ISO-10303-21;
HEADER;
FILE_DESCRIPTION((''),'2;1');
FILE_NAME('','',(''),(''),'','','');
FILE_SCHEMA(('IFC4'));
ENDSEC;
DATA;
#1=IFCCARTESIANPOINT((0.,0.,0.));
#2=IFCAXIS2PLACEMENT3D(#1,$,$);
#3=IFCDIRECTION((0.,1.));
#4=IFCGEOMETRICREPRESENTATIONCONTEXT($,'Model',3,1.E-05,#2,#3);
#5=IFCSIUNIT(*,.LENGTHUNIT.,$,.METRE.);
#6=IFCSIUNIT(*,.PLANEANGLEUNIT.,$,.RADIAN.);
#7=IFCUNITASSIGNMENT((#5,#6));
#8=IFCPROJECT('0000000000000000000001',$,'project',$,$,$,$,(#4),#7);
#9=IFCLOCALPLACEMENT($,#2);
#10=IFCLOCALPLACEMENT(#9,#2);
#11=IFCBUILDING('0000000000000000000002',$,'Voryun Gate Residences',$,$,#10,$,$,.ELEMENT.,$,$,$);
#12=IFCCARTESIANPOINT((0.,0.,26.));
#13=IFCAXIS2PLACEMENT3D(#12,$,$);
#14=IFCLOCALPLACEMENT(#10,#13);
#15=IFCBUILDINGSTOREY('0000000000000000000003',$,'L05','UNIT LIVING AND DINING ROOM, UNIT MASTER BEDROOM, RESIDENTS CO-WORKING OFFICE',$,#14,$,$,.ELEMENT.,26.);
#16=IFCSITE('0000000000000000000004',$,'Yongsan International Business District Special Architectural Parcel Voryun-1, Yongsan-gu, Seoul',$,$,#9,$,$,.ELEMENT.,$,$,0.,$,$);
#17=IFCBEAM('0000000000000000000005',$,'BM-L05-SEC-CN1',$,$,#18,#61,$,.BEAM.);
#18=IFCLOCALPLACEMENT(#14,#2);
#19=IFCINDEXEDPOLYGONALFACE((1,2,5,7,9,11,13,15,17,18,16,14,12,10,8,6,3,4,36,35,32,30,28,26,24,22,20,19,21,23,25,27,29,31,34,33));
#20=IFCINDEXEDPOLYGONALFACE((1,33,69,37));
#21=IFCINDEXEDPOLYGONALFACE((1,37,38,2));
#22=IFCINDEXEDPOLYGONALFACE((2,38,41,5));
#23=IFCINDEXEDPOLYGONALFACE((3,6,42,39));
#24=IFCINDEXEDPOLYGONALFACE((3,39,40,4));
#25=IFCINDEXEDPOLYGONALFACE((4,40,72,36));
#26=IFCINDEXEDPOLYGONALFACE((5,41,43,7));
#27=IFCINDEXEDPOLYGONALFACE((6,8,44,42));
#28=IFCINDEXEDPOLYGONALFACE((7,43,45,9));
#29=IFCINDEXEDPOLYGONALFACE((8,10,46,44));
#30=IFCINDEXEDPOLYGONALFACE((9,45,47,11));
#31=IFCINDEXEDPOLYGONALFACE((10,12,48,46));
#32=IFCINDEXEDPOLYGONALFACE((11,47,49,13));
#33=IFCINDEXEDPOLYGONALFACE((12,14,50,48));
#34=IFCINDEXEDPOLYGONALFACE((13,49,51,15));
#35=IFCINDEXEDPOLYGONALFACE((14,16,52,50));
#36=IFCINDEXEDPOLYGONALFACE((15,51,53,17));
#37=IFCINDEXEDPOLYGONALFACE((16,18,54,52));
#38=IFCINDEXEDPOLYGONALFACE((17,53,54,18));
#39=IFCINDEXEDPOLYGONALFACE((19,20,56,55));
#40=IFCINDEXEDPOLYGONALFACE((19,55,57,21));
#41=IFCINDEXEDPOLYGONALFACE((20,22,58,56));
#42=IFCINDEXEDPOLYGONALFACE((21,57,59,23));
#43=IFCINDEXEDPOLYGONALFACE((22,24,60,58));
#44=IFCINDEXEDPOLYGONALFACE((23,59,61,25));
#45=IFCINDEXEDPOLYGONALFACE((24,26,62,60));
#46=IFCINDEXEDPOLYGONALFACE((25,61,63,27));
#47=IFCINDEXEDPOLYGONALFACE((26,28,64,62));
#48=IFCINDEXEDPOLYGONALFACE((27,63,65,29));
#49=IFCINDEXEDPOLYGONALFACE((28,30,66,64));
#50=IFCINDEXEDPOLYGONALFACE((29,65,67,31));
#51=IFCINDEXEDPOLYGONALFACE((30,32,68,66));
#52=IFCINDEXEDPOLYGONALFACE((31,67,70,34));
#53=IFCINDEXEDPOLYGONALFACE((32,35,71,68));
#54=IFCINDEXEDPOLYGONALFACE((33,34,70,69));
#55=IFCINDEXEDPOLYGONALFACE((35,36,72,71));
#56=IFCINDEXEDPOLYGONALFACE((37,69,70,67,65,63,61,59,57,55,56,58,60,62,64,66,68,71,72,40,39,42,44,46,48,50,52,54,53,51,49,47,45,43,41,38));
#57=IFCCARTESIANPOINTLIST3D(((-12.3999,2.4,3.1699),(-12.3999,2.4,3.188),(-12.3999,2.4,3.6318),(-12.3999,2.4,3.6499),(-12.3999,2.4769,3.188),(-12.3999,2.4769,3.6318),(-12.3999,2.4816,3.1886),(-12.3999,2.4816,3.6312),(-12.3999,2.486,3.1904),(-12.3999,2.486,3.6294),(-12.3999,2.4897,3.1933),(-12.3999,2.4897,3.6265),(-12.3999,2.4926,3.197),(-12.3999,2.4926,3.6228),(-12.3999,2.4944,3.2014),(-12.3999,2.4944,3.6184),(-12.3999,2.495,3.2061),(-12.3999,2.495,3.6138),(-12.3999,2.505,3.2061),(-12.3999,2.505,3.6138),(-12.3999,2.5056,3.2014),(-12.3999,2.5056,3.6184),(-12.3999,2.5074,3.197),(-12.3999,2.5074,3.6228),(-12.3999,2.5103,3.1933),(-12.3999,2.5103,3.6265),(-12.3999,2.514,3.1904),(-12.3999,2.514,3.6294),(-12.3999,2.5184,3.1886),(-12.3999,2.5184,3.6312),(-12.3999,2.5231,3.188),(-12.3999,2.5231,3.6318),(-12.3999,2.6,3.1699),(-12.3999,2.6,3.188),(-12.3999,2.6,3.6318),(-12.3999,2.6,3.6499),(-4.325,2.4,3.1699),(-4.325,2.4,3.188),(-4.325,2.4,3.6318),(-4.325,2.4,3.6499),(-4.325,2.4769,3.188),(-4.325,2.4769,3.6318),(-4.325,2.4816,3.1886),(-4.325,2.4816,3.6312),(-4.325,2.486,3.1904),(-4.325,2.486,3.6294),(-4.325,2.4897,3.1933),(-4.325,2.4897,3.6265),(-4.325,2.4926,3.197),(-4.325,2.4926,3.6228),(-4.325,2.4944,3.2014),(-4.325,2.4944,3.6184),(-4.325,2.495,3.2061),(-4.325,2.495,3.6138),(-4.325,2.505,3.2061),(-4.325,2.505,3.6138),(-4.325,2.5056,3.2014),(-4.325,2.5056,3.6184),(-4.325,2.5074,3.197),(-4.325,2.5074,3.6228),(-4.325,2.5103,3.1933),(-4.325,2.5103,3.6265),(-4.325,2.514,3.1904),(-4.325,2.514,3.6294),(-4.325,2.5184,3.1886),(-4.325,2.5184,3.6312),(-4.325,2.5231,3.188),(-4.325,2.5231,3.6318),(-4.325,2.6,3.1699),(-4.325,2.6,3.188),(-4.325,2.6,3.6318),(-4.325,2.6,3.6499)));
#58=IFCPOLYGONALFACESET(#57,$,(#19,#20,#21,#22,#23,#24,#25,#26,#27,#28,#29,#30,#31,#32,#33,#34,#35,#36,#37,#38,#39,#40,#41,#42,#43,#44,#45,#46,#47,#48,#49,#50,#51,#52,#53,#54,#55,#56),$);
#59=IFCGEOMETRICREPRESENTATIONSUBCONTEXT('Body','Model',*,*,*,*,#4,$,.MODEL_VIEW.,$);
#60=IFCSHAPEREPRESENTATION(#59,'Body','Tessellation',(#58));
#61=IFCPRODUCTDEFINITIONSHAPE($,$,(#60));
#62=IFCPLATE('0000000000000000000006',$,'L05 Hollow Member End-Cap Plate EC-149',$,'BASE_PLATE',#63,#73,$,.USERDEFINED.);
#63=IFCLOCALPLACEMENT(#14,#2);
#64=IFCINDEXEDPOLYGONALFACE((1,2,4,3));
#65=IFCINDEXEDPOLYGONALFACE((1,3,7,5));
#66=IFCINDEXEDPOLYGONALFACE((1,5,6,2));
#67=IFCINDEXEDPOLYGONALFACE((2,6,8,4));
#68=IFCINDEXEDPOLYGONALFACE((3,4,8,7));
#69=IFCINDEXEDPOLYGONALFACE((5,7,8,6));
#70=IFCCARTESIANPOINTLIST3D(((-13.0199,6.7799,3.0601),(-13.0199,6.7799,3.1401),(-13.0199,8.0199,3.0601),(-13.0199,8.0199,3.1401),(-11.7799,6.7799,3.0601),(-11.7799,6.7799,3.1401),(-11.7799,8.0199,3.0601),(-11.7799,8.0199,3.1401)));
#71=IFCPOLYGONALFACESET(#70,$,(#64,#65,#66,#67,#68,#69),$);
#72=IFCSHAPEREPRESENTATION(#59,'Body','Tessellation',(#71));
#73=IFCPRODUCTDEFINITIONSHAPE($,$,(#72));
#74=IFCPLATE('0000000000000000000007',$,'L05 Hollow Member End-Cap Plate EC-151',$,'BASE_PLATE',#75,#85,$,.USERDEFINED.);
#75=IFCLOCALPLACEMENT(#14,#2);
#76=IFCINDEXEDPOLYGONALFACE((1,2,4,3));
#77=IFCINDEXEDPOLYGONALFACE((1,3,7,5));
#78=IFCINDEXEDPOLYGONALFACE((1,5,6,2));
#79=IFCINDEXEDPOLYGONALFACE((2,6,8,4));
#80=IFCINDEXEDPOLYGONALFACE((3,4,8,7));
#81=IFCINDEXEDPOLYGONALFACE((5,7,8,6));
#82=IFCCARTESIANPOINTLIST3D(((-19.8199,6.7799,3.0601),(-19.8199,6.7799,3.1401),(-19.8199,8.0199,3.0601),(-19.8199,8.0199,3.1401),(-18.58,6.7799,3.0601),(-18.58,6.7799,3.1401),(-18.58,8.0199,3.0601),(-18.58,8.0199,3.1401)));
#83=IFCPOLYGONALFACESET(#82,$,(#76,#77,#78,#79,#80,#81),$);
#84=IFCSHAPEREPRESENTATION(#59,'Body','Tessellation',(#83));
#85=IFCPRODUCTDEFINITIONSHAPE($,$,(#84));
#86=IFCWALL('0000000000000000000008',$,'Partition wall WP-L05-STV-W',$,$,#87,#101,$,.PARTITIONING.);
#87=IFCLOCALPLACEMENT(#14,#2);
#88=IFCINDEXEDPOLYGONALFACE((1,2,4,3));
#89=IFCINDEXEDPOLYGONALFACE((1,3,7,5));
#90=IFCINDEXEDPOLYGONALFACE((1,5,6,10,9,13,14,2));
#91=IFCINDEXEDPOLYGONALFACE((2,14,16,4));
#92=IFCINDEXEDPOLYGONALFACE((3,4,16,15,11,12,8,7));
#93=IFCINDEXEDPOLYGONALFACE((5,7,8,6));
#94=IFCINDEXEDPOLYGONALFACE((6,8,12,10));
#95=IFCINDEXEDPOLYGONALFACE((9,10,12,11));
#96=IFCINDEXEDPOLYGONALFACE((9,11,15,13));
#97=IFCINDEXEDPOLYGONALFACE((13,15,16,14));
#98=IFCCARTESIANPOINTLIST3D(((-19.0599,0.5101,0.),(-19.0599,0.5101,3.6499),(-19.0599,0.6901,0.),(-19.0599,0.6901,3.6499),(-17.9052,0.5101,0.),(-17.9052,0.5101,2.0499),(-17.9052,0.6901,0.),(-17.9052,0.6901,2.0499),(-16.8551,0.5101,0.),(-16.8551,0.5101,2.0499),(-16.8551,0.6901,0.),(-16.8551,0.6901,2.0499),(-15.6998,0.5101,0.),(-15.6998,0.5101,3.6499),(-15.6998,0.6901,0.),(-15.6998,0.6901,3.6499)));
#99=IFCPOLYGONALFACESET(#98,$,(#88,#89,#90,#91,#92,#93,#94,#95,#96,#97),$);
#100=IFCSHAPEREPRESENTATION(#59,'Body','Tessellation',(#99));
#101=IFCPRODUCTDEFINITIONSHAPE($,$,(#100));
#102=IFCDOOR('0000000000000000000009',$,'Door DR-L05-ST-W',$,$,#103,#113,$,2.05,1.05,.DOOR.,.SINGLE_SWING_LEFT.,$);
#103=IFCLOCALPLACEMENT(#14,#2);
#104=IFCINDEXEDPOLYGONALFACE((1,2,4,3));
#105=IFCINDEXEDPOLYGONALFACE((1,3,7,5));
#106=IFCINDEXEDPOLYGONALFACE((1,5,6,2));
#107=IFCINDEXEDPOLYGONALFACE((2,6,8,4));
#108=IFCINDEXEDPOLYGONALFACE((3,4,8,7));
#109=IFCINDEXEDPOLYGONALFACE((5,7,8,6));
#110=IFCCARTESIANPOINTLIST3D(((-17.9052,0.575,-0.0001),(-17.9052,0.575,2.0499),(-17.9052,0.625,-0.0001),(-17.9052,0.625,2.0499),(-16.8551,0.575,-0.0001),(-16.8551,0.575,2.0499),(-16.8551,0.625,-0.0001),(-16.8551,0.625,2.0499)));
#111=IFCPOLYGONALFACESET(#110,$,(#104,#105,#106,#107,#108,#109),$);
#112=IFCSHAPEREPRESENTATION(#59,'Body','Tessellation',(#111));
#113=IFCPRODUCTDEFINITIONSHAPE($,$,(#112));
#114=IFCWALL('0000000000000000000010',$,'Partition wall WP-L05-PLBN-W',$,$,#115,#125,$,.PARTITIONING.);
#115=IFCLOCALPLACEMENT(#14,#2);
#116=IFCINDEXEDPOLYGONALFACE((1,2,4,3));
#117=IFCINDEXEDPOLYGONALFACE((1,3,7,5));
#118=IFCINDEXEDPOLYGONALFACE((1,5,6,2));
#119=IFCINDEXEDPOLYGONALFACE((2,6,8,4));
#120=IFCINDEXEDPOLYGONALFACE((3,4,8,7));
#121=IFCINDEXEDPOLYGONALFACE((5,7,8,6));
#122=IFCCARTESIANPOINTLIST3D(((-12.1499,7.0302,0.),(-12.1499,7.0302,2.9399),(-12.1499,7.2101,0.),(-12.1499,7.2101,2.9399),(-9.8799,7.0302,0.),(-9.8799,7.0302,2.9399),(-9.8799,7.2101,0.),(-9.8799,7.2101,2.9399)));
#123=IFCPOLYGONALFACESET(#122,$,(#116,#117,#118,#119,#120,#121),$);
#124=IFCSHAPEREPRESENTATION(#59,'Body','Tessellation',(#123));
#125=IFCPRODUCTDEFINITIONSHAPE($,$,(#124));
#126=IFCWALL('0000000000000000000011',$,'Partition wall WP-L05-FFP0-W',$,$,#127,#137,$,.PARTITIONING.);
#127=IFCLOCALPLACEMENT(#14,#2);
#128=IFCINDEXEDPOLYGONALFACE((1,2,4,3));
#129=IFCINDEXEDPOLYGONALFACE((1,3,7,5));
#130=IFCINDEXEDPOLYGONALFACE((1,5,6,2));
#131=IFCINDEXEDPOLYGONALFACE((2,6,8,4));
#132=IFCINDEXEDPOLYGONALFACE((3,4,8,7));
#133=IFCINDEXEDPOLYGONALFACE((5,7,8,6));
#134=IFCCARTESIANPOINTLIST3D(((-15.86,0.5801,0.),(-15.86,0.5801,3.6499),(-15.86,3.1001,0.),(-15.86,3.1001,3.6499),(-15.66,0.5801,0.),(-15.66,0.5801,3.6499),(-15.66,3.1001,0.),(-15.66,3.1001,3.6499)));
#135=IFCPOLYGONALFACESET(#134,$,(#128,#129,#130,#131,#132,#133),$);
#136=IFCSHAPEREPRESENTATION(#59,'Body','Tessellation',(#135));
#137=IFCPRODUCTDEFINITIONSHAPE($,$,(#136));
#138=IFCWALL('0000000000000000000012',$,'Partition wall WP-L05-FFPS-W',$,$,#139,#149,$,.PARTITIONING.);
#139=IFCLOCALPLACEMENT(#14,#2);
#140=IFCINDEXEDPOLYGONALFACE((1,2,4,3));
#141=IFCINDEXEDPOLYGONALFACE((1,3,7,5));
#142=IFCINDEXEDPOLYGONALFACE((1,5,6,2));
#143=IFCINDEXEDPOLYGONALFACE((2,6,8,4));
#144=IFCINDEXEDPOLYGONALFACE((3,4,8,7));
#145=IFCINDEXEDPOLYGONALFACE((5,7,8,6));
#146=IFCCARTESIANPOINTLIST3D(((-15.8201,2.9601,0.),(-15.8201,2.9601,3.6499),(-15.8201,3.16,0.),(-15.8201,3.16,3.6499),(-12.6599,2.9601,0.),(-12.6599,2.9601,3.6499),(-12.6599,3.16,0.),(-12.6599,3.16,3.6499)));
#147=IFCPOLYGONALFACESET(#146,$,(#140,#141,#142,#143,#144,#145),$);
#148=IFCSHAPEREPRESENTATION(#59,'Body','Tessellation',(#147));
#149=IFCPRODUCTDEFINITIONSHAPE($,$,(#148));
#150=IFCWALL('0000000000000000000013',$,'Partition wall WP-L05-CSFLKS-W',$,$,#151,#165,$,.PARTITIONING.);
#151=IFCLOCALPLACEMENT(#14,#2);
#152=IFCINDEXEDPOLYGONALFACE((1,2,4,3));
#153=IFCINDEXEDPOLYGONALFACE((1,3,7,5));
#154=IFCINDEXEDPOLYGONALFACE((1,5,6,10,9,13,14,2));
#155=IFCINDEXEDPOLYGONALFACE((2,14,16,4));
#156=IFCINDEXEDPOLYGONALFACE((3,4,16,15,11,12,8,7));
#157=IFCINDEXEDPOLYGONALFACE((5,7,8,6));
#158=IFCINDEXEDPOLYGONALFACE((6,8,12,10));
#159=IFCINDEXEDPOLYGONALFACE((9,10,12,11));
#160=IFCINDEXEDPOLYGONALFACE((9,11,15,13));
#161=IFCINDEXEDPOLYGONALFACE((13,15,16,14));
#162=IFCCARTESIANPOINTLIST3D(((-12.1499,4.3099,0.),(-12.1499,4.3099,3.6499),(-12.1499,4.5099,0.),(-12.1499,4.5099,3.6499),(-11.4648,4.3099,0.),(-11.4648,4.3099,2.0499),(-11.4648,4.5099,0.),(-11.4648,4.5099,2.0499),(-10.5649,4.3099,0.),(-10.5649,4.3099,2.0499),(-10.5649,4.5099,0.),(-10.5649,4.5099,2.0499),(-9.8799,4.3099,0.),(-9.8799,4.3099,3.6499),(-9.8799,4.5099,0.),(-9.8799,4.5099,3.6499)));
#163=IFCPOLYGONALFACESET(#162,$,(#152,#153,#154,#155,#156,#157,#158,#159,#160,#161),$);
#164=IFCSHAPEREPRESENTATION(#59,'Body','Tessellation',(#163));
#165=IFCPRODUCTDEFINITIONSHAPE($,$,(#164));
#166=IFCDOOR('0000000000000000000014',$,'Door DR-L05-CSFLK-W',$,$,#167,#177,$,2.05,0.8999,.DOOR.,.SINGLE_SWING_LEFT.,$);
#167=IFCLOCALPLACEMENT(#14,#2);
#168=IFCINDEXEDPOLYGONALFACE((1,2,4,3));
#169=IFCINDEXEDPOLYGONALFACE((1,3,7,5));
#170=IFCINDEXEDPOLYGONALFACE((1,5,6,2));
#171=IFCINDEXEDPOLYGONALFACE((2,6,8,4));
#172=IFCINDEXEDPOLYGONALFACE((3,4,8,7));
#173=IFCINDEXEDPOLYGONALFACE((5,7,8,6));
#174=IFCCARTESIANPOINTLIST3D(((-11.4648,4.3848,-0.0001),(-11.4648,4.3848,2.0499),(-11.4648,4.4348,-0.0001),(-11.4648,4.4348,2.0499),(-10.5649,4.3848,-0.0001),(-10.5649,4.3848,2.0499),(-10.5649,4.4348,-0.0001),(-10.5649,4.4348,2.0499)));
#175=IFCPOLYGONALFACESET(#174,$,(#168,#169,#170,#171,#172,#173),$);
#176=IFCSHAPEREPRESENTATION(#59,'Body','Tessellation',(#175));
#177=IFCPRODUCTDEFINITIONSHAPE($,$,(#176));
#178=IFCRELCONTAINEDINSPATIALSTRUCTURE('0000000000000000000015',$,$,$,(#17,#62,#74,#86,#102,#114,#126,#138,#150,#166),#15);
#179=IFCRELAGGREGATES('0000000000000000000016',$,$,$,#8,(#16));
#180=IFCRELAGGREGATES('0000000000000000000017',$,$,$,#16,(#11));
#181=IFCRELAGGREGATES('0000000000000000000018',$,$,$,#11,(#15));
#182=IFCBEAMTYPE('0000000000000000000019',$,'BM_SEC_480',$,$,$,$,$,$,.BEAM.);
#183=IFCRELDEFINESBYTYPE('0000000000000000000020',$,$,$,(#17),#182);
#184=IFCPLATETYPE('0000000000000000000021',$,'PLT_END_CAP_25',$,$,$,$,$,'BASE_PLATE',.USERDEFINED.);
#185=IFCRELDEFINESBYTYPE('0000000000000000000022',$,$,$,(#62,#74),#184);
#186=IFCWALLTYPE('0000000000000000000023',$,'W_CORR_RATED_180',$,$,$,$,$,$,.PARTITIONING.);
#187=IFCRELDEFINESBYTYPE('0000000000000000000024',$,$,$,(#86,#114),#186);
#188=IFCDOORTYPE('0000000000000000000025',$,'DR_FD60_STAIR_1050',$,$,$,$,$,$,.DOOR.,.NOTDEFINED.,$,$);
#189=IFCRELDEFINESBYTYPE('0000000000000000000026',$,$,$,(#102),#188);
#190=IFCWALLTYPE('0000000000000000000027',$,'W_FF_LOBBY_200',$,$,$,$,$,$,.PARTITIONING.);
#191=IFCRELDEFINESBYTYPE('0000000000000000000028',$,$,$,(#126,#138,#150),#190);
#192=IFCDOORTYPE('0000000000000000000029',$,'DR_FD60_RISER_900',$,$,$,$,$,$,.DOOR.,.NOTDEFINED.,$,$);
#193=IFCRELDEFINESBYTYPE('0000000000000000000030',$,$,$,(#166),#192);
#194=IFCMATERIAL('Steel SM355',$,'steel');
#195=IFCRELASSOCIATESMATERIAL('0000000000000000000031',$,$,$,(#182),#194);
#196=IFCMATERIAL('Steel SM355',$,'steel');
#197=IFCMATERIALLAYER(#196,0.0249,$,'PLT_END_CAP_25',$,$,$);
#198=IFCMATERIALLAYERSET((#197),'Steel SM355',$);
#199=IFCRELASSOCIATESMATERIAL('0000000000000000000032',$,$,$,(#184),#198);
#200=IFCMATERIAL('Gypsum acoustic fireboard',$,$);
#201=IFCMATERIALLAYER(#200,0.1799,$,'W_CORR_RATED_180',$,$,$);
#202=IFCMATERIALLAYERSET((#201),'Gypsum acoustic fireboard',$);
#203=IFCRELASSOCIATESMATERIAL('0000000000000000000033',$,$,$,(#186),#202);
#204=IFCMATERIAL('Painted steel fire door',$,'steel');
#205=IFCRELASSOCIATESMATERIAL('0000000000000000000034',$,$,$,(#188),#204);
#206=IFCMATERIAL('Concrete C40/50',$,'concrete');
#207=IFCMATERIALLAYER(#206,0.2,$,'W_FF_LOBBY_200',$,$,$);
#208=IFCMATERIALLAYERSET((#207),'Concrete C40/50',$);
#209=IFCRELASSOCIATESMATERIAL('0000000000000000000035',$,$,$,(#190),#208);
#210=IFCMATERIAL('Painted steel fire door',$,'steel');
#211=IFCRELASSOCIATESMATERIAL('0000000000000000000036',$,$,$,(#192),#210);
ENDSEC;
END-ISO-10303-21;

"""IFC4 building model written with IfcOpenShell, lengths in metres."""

from ifc_helpers import new_model, si_unit, direction, frame, frame_2d, origin, origin_2d, place, context, subcontext, project, spatial, rectangle, i_section, extrude, material, layer, layer_set, material_profile, profile_set, type_object, element, fill, save


model = new_model("IFC4")

# Units and contexts
model_context = context("Model", 3, precision=1e-05, world=origin(), true_north=direction((0.0, 1.0)))
body_context = subcontext(model_context, "Body", "Model", "MODEL_VIEW")
ifc_project = project(units=[si_unit("LENGTHUNIT", "METRE"), si_unit("PLANEANGLEUNIT", "RADIAN")], contexts=[model_context])

# Site, building, storey
site_placement = place(None, origin())
site = spatial("IfcSite", under=ifc_project, at=site_placement, Name="Yongsan International Business District Special Architectural Parcel Voryun-1, Yongsan-gu, Seoul", CompositionType="ELEMENT", RefElevation=0.0)
building_placement = place(site_placement, origin())
building = spatial("IfcBuilding", under=site, at=building_placement, Name="Voryun Gate Residences", CompositionType="ELEMENT")
storey_placement = place(building_placement, frame((0.0, 0.0, 26.0)))
storey = spatial("IfcBuildingStorey", under=building, at=storey_placement, Name="L05", Description="UNIT LIVING AND DINING ROOM, UNIT MASTER BEDROOM, RESIDENTS CO-WORKING OFFICE", CompositionType="ELEMENT", Elevation=26.0)

# Beam
ifc_material_1 = material(Name="Steel SM355", Category="steel")
ifc_material_profile_1 = material_profile(ifc_material_1, i_section(OverallWidth=0.2, OverallDepth=0.48, WebThickness=0.01, FlangeThickness=0.0181, FilletRadius=0.0181, at=origin_2d()), Name="H-480x200x10x18")
ifc_profile_set_1 = profile_set([ifc_material_profile_1], Name="Steel SM355")
beam_type_1 = type_object("IfcBeamType", Name="BM_SEC_480", PredefinedType="BEAM", material=ifc_profile_set_1)
for number, where, z_axis, x_axis, name in (
    (1, (-12.3999, 2.5, 3.4099), (1.0, 0.0, 0.0), (0.0, 1.0, 0.0), "BM-L05-SEC-CN1"),
):
    element("IfcBeam", number, at=place(storey_placement, frame(where, z_axis=z_axis, x_axis=x_axis)), inside=storey, type_object=beam_type_1, Name=name, PredefinedType="BEAM", context=body_context, shape_type="SweptSolid", body=[
        extrude(i_section(OverallWidth=0.2, OverallDepth=0.48, WebThickness=0.01, FlangeThickness=0.0181, FilletRadius=0.0181, at=origin_2d()), origin(), (0.0, 0.0, 1.0), 8.075),
    ])

# Plates
ifc_material_2 = material(Name="Steel SM355", Category="steel")
ifc_layer_1 = layer(ifc_material_2, 0.0249, Name="PLT_END_CAP_25")
ifc_layer_set_1 = layer_set([ifc_layer_1], Name="Steel SM355")
plate_type = type_object("IfcPlateType", Name="PLT_END_CAP_25", ElementType="BASE_PLATE", PredefinedType="USERDEFINED", material=ifc_layer_set_1)
for number, where, z_axis, x_axis, name in (
    (2, (-12.3999, 7.3999, 3.0601), (0.0, 0.0, 1.0), (1.0, 0.0, 0.0), "L05 Hollow Member End-Cap Plate EC-149"),
    (3, (-19.2, 7.3999, 3.0601), (0.0, 0.0, 1.0), (1.0, 0.0, 0.0), "L05 Hollow Member End-Cap Plate EC-151"),
):
    element("IfcPlate", number, at=place(storey_placement, frame(where, z_axis=z_axis, x_axis=x_axis)), inside=storey, type_object=plate_type, Name=name, ObjectType="BASE_PLATE", PredefinedType="USERDEFINED", context=body_context, shape_type="SweptSolid", body=[
        extrude(rectangle(XDim=1.24, YDim=1.24, at=origin_2d()), origin(), (0.0, 0.0, 1.0), 0.0801),
    ])

# Wall, opening, door
ifc_material_3 = material(Name="Gypsum acoustic fireboard")
ifc_layer_2 = layer(ifc_material_3, 0.1799, Name="W_CORR_RATED_180")
ifc_layer_set_2 = layer_set([ifc_layer_2], Name="Gypsum acoustic fireboard")
wall_type_1 = type_object("IfcWallType", Name="W_CORR_RATED_180", PredefinedType="PARTITIONING", material=ifc_layer_set_2)
wall_1_placement = place(storey_placement, frame((-19.0601, 0.6001, 0.0), z_axis=(0.0, 0.0, 1.0), x_axis=(1.0, 0.0, 0.0)))
wall_1 = element("IfcWall", 4, at=wall_1_placement, inside=storey, type_object=wall_type_1, Name="Partition wall WP-L05-STV-W", PredefinedType="PARTITIONING", context=body_context, shape_type="SweptSolid", body=[
    extrude(rectangle(XDim=3.3601, YDim=0.1799, at=frame_2d((1.6802, 0.0))), origin(), (0.0, 0.0, 1.0), 3.6499),
])
opening_1_placement = place(wall_1_placement, frame((1.155, 0.0, 0.0)))
opening_1 = element("IfcOpeningElement", 5, at=opening_1_placement, cuts=wall_1, PredefinedType="OPENING", context=body_context, shape_type="SweptSolid", body=[
    extrude(rectangle(XDim=1.05, YDim=2.05, at=frame_2d((0.5249, 1.0249))), frame((0.0, 0.0999, 0.0), z_axis=(0.0, -1.0, 0.0), x_axis=(1.0, 0.0, 0.0)), (0.0, 0.0, 1.0), 0.2),
])
ifc_material_4 = material(Name="Painted steel fire door", Category="steel")
door_type_1 = type_object("IfcDoorType", Name="DR_FD60_STAIR_1050", OperationType="NOTDEFINED", PredefinedType="DOOR", material=ifc_material_4)
door_1_placement = place(opening_1_placement, origin())
door_1 = element("IfcDoor", 6, at=door_1_placement, inside=storey, type_object=door_type_1, Name="Door DR-L05-ST-W", OperationType="SINGLE_SWING_LEFT", OverallHeight=2.05, OverallWidth=1.05, PredefinedType="DOOR", context=body_context, shape_type="SweptSolid", body=[
    extrude(rectangle(XDim=1.05, YDim=2.05, at=frame_2d((0.5249, 1.0249))), frame((0.0, 0.0249, 0.0), z_axis=(0.0, -1.0, 0.0), x_axis=(1.0, 0.0, 0.0)), (0.0, 0.0, 1.0), 0.05),
])
fill(opening_1, door_1)

# Walls
wall_2_placement = place(storey_placement, frame((-12.1499, 7.1201, 0.0), z_axis=(0.0, 0.0, 1.0), x_axis=(1.0, 0.0, 0.0)))
element("IfcWall", 7, at=wall_2_placement, inside=storey, type_object=wall_type_1, Name="Partition wall WP-L05-PLBN-W", PredefinedType="PARTITIONING", context=body_context, shape_type="SweptSolid", body=[
    extrude(rectangle(XDim=2.27, YDim=0.1799, at=frame_2d((1.135, 0.0))), origin(), (0.0, 0.0, 1.0), 2.9399),
])
ifc_material_5 = material(Name="Concrete C40/50", Category="concrete")
ifc_layer_3 = layer(ifc_material_5, 0.2, Name="W_FF_LOBBY_200")
ifc_layer_set_3 = layer_set([ifc_layer_3], Name="Concrete C40/50")
wall_type_2 = type_object("IfcWallType", Name="W_FF_LOBBY_200", PredefinedType="PARTITIONING", material=ifc_layer_set_3)
wall_3_placement = place(storey_placement, frame((-15.76, 0.5801, 0.0), z_axis=(0.0, 0.0, 1.0), x_axis=(0.0, 1.0, 0.0)))
element("IfcWall", 8, at=wall_3_placement, inside=storey, type_object=wall_type_2, Name="Partition wall WP-L05-FFP0-W", PredefinedType="PARTITIONING", context=body_context, shape_type="SweptSolid", body=[
    extrude(rectangle(XDim=2.52, YDim=0.2, at=frame_2d((1.26, 0.0))), origin(), (0.0, 0.0, 1.0), 3.6499),
])
wall_4_placement = place(storey_placement, frame((-15.8201, 3.0601, 0.0), z_axis=(0.0, 0.0, 1.0), x_axis=(1.0, 0.0, 0.0)))
element("IfcWall", 9, at=wall_4_placement, inside=storey, type_object=wall_type_2, Name="Partition wall WP-L05-FFPS-W", PredefinedType="PARTITIONING", context=body_context, shape_type="SweptSolid", body=[
    extrude(rectangle(XDim=3.1602, YDim=0.2, at=frame_2d((1.5801, 0.0))), origin(), (0.0, 0.0, 1.0), 3.6499),
])

# Wall, opening, door
wall_5_placement = place(storey_placement, frame((-12.1499, 4.4099, 0.0), z_axis=(0.0, 0.0, 1.0), x_axis=(1.0, 0.0, 0.0)))
wall_5 = element("IfcWall", 10, at=wall_5_placement, inside=storey, type_object=wall_type_2, Name="Partition wall WP-L05-CSFLKS-W", PredefinedType="PARTITIONING", context=body_context, shape_type="SweptSolid", body=[
    extrude(rectangle(XDim=2.27, YDim=0.2, at=frame_2d((1.135, 0.0))), origin(), (0.0, 0.0, 1.0), 3.6499),
])
opening_2_placement = place(wall_5_placement, frame((0.6851, 0.0, 0.0)))
opening_2 = element("IfcOpeningElement", 11, at=opening_2_placement, cuts=wall_5, PredefinedType="OPENING", context=body_context, shape_type="SweptSolid", body=[
    extrude(rectangle(XDim=0.8999, YDim=2.05, at=frame_2d((0.45, 1.0249))), frame((0.0, 0.1101, 0.0), z_axis=(0.0, -1.0, 0.0), x_axis=(1.0, 0.0, 0.0)), (0.0, 0.0, 1.0), 0.22),
])
ifc_material_6 = material(Name="Painted steel fire door", Category="steel")
door_type_2 = type_object("IfcDoorType", Name="DR_FD60_RISER_900", OperationType="NOTDEFINED", PredefinedType="DOOR", material=ifc_material_6)
door_2_placement = place(opening_2_placement, origin())
door_2 = element("IfcDoor", 12, at=door_2_placement, inside=storey, type_object=door_type_2, Name="Door DR-L05-CSFLK-W", OperationType="SINGLE_SWING_LEFT", OverallHeight=2.05, OverallWidth=0.8999, PredefinedType="DOOR", context=body_context, shape_type="SweptSolid", body=[
    extrude(rectangle(XDim=0.8999, YDim=2.05, at=frame_2d((0.45, 1.0249))), frame((0.0, 0.0249, 0.0), z_axis=(0.0, -1.0, 0.0), x_axis=(1.0, 0.0, 0.0)), (0.0, 0.0, 1.0), 0.05),
])
fill(opening_2, door_2)

save(model, "model.ifc")
